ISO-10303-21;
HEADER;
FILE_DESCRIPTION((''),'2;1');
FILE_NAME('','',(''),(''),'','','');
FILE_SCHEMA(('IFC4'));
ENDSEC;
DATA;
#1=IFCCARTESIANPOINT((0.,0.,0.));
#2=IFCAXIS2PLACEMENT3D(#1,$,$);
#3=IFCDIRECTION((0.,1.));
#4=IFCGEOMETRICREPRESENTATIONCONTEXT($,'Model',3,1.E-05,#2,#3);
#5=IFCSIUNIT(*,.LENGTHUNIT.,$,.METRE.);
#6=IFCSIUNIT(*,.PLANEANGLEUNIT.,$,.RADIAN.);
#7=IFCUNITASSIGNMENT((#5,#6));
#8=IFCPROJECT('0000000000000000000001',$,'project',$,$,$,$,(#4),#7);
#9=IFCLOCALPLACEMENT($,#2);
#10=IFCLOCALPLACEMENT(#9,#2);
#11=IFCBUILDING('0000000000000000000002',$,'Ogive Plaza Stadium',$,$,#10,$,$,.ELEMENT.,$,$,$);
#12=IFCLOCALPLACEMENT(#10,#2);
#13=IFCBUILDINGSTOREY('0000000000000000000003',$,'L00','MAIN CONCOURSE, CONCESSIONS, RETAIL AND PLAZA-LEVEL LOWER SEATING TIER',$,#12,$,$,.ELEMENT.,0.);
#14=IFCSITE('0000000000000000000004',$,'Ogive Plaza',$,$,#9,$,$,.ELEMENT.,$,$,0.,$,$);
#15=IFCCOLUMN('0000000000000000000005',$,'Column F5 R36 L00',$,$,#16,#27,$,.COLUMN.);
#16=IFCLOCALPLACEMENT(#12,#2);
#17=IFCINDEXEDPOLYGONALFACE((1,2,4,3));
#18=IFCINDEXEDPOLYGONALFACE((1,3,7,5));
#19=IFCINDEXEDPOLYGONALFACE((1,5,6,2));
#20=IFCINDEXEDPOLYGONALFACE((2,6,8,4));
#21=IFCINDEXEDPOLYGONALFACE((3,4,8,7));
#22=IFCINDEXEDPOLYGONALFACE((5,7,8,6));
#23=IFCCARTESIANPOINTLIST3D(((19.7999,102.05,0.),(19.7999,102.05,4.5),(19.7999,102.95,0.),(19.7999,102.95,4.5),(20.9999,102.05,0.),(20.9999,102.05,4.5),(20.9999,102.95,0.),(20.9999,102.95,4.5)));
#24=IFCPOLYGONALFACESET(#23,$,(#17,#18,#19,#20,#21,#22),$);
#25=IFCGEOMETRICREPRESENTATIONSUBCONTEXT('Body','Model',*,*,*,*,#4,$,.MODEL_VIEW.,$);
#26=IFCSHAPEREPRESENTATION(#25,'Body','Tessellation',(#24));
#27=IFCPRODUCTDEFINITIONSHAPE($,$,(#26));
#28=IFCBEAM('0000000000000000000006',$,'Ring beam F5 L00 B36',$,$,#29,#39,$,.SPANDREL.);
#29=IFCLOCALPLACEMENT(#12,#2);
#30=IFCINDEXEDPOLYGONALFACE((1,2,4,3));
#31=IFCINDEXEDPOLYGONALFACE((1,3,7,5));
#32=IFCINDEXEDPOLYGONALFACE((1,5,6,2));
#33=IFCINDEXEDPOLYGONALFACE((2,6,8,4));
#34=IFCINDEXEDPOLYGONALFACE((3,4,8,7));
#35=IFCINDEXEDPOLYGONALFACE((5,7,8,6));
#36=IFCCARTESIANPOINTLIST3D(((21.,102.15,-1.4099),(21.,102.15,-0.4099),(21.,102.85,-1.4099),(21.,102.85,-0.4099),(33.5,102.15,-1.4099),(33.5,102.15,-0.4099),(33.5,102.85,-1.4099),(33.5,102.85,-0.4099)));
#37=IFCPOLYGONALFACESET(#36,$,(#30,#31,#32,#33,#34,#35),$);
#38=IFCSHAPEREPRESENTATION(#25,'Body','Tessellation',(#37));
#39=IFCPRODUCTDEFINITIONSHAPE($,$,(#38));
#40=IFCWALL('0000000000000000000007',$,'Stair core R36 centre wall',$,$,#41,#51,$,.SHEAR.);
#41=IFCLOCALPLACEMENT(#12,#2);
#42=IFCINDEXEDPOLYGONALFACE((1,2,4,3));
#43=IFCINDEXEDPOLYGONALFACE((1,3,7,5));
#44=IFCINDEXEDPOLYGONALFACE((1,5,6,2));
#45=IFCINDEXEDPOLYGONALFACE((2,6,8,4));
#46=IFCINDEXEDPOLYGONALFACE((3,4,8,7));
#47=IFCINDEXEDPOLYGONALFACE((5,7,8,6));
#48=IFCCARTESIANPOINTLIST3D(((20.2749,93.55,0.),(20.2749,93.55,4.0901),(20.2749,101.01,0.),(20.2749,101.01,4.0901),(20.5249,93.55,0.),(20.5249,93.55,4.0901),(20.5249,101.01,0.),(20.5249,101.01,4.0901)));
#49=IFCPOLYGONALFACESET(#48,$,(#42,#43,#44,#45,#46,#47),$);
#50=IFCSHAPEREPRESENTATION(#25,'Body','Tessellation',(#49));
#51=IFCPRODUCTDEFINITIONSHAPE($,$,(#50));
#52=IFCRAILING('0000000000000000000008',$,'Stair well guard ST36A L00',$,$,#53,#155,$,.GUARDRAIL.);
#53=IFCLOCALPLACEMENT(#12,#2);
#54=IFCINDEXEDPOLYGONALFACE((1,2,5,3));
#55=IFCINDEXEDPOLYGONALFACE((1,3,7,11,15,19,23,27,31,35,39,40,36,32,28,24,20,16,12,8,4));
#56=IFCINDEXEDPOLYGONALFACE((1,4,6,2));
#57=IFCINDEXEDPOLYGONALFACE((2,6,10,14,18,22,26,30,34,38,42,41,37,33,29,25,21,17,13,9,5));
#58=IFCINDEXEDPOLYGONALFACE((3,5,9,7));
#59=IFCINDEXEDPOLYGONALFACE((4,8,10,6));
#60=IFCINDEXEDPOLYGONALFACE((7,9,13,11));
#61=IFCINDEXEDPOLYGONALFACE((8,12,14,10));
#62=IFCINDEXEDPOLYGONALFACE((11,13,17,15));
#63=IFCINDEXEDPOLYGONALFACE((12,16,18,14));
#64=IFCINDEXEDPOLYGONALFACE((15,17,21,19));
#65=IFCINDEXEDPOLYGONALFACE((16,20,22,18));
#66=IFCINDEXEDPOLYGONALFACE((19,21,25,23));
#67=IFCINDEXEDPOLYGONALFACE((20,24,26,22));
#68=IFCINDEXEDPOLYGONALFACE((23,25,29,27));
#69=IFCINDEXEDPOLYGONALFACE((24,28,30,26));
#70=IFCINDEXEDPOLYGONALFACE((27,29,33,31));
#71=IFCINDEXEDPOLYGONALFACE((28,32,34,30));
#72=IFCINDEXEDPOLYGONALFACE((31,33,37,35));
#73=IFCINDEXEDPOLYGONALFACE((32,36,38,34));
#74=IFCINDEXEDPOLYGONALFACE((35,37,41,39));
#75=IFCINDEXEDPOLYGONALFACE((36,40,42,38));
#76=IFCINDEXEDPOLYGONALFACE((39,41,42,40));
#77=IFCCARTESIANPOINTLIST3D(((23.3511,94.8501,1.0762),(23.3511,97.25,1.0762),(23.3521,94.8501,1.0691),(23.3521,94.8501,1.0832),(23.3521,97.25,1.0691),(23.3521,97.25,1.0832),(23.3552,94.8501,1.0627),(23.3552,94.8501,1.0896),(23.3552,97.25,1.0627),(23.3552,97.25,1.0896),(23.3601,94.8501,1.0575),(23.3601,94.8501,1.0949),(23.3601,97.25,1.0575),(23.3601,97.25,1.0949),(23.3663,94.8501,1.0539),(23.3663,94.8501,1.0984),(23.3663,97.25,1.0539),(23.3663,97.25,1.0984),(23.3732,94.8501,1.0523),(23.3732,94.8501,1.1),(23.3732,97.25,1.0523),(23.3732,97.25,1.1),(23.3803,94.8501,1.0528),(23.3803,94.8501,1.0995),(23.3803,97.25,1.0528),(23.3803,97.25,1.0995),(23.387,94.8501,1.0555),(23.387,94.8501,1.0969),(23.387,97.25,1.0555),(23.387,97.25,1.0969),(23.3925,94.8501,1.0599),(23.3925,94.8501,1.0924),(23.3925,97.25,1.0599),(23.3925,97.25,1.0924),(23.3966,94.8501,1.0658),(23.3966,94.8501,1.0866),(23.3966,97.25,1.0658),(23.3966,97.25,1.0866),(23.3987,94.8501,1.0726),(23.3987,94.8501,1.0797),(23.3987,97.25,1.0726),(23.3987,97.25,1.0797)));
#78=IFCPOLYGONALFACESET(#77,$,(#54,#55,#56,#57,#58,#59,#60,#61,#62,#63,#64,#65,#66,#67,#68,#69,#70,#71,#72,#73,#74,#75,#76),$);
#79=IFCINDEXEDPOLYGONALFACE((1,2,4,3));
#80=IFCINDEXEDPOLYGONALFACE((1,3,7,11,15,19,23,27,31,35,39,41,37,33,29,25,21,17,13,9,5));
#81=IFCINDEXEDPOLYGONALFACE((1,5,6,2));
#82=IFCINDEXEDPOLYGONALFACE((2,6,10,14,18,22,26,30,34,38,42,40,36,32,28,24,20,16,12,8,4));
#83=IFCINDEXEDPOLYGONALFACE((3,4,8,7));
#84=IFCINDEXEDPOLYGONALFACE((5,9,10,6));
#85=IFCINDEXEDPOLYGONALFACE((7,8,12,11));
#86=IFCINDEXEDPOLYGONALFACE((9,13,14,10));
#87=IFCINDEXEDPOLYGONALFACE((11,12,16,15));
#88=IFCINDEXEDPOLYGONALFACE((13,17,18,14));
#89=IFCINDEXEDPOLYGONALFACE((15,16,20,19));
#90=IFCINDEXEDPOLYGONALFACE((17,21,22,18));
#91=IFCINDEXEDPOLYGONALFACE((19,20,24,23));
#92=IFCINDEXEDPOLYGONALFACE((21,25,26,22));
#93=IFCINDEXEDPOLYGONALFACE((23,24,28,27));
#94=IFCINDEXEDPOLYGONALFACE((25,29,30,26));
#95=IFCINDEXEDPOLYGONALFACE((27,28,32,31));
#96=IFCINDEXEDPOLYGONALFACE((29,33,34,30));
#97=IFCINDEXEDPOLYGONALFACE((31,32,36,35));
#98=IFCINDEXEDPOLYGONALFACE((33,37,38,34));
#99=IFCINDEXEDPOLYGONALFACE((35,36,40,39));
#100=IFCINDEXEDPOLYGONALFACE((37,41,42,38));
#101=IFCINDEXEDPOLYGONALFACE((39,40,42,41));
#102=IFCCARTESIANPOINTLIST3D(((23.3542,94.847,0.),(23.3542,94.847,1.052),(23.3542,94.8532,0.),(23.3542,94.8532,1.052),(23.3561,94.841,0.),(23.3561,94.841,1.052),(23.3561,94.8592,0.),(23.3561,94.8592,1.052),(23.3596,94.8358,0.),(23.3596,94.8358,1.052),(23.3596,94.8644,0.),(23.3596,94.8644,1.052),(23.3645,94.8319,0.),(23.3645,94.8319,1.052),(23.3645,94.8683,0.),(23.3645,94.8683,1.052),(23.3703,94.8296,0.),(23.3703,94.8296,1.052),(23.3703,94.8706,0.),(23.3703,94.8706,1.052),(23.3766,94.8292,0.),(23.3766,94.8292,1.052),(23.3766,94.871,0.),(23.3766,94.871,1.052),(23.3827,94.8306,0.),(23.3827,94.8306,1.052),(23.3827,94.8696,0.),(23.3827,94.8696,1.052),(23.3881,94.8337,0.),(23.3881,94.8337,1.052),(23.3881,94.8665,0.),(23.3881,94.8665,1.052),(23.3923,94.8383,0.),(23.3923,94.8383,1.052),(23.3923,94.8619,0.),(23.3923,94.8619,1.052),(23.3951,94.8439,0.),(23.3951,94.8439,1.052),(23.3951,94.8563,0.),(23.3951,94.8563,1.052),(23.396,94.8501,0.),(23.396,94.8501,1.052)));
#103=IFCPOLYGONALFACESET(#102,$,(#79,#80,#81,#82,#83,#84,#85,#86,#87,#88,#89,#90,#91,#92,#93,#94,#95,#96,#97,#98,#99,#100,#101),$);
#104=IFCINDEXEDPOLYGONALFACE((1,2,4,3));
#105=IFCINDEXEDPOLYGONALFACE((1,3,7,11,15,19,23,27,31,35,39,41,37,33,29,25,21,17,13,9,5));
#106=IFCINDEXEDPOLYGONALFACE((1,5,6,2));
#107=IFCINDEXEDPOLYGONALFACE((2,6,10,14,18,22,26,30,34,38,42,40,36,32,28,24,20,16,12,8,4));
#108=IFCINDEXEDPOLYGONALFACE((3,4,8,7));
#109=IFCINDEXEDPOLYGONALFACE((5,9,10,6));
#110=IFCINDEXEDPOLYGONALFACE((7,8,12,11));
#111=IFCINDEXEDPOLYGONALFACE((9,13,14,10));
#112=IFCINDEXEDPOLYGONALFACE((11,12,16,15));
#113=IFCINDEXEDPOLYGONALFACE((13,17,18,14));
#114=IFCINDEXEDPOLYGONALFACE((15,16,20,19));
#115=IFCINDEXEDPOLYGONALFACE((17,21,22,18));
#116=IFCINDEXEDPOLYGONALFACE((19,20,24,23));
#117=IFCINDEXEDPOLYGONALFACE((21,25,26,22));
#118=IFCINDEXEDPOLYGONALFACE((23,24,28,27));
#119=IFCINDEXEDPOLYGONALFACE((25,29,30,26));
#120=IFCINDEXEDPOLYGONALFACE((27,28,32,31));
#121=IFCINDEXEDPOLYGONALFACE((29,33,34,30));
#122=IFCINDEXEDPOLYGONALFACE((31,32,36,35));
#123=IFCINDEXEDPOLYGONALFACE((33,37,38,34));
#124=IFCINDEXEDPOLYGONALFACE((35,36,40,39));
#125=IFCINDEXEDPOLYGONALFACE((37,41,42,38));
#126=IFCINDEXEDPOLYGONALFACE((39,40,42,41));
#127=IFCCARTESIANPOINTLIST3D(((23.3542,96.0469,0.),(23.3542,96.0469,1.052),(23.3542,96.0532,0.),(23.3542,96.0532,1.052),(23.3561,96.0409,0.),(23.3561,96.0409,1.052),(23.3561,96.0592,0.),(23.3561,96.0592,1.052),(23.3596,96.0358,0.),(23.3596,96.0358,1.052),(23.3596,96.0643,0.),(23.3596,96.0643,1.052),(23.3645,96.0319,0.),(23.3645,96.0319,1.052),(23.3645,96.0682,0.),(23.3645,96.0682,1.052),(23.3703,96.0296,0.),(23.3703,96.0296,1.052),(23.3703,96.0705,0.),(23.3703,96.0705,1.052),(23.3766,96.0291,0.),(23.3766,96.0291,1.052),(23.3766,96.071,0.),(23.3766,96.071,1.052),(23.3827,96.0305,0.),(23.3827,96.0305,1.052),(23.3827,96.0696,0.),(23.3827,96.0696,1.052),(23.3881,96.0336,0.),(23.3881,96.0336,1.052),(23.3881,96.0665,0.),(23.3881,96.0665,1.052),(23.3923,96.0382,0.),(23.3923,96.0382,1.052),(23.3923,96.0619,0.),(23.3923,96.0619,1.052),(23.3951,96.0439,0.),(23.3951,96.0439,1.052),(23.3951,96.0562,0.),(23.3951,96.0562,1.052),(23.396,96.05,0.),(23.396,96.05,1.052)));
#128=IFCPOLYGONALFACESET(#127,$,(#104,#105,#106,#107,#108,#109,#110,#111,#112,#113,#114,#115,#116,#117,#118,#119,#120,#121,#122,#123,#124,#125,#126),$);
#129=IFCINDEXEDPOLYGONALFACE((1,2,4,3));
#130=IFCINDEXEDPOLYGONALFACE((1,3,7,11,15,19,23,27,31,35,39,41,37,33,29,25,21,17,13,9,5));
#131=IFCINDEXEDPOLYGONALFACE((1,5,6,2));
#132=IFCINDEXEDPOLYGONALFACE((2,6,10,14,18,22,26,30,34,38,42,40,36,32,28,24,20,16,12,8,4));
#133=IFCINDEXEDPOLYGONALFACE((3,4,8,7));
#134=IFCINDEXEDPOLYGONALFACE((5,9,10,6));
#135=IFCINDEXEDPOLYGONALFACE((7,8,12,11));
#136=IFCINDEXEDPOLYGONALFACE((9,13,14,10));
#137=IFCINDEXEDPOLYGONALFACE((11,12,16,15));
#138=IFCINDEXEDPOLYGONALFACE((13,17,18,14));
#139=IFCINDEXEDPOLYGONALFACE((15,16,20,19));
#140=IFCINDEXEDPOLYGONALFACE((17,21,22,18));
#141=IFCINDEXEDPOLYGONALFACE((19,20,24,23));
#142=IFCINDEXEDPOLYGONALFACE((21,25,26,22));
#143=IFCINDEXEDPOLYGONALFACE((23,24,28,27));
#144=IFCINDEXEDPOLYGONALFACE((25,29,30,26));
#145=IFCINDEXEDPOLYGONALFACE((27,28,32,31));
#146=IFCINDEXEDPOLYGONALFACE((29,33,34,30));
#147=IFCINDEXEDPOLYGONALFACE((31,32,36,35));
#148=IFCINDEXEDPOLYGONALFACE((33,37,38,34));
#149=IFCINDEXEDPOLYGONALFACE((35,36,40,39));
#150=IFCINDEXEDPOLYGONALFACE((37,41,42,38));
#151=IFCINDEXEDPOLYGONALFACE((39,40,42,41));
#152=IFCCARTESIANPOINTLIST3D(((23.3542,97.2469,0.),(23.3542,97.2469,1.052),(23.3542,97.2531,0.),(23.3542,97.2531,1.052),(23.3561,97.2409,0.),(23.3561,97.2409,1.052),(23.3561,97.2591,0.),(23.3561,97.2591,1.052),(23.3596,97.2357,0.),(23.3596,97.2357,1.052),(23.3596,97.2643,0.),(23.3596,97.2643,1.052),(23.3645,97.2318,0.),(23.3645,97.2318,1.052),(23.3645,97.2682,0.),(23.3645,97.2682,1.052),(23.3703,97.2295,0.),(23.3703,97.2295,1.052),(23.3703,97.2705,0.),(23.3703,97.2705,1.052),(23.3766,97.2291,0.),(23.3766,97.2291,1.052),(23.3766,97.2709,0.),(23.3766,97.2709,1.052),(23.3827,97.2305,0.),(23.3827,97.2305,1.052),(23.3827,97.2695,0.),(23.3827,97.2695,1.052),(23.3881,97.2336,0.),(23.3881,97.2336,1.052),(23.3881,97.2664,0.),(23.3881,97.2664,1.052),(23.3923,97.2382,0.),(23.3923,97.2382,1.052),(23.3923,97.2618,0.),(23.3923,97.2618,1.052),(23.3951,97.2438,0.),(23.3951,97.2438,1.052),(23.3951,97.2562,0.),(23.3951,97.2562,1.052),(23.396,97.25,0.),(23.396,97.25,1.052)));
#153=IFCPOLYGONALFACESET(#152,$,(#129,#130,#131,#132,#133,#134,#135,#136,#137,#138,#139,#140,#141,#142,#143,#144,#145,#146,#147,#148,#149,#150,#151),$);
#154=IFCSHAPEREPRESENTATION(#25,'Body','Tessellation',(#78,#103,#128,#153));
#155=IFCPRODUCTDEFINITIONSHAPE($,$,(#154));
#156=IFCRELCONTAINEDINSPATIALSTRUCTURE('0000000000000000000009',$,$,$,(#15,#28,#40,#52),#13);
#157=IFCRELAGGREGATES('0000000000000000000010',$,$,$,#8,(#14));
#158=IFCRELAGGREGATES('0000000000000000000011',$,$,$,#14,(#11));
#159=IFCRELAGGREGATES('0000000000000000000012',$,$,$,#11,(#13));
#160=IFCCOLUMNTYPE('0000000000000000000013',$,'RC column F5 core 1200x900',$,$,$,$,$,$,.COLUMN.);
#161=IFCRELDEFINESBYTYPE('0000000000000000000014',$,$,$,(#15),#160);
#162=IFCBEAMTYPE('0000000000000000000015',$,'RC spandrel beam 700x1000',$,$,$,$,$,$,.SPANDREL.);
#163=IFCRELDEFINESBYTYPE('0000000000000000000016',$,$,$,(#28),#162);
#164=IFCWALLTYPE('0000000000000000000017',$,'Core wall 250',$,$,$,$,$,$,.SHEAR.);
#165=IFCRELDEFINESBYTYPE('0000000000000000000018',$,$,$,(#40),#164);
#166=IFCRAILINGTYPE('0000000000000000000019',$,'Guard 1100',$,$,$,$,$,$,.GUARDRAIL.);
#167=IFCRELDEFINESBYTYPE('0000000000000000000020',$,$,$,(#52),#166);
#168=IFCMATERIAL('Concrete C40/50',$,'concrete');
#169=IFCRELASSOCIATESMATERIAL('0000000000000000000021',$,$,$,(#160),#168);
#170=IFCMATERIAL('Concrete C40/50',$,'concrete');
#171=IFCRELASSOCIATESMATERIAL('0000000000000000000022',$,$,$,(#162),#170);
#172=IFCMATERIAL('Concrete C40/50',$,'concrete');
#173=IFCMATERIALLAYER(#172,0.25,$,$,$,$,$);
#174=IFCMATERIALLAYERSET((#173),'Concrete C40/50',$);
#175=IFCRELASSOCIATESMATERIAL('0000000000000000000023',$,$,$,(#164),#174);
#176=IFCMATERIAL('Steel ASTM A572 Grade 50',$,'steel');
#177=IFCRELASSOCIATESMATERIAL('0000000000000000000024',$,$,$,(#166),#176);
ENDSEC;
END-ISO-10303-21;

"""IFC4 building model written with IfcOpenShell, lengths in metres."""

from ifc_helpers import new_model, si_unit, direction, frame, frame_2d, origin, origin_2d, place, context, subcontext, project, spatial, rectangle, circle, extrude, material, layer, layer_set, material_profile, profile_set, type_object, element, save


model = new_model("IFC4")

# Units and contexts
model_context = context("Model", 3, precision=1e-05, world=origin(), true_north=direction((0.0, 1.0)))
body_context = subcontext(model_context, "Body", "Model", "MODEL_VIEW")
ifc_project = project(units=[si_unit("LENGTHUNIT", "METRE"), si_unit("PLANEANGLEUNIT", "RADIAN")], contexts=[model_context])

# Site, building, storey
site_placement = place(None, origin())
site = spatial("IfcSite", under=ifc_project, at=site_placement, Name="Ogive Plaza", CompositionType="ELEMENT", RefElevation=0.0)
building_placement = place(site_placement, origin())
building = spatial("IfcBuilding", under=site, at=building_placement, Name="Ogive Plaza Stadium", CompositionType="ELEMENT")
storey_placement = place(building_placement, origin())
storey = spatial("IfcBuildingStorey", under=building, at=storey_placement, Name="L00", Description="MAIN CONCOURSE, CONCESSIONS, RETAIL AND PLAZA-LEVEL LOWER SEATING TIER", CompositionType="ELEMENT", Elevation=0.0)

# Column
ifc_material_1 = material(Name="Concrete C40/50", Category="concrete")
ifc_material_profile_1 = material_profile(ifc_material_1, rectangle(XDim=1.2, YDim=0.8999, at=origin_2d()), Name="RC 1200x900")
ifc_profile_set_1 = profile_set([ifc_material_profile_1], Name="Concrete C40/50")
column_type = type_object("IfcColumnType", Name="RC column F5 core 1200x900", PredefinedType="COLUMN", material=ifc_profile_set_1)
column_placement = place(storey_placement, frame((20.3999, 102.5, 0.0), z_axis=(0.0, 0.0, 1.0), x_axis=(-1.0, 0.0, 0.0)))
element("IfcColumn", 1, at=column_placement, inside=storey, type_object=column_type, Name="Column F5 R36 L00", PredefinedType="COLUMN", context=body_context, shape_type="SweptSolid", body=[
    extrude(rectangle(XDim=1.2, YDim=0.8999, at=origin_2d()), origin(), (0.0, 0.0, 1.0), 4.5),
])

# Beam
ifc_material_2 = material(Name="Concrete C40/50", Category="concrete")
ifc_material_profile_2 = material_profile(ifc_material_2, rectangle(XDim=0.7, YDim=1.0, at=origin_2d()), Name="RC 700x1000")
ifc_profile_set_2 = profile_set([ifc_material_profile_2], Name="Concrete C40/50")
beam_type = type_object("IfcBeamType", Name="RC spandrel beam 700x1000", PredefinedType="SPANDREL", material=ifc_profile_set_2)
beam_placement = place(storey_placement, frame((21.0, 102.5, -0.9099), z_axis=(1.0, 0.0, 0.0), x_axis=(0.0, 1.0, 0.0)))
element("IfcBeam", 2, at=beam_placement, inside=storey, type_object=beam_type, Name="Ring beam F5 L00 B36", PredefinedType="SPANDREL", context=body_context, shape_type="SweptSolid", body=[
    extrude(rectangle(XDim=0.7, YDim=1.0, at=origin_2d()), origin(), (0.0, 0.0, 1.0), 12.5),
])

# Wall
ifc_material_3 = material(Name="Concrete C40/50", Category="concrete")
ifc_layer_1 = layer(ifc_material_3, 0.25)
ifc_layer_set_1 = layer_set([ifc_layer_1], Name="Concrete C40/50")
wall_type_1 = type_object("IfcWallType", Name="Core wall 250", PredefinedType="SHEAR", material=ifc_layer_set_1)
wall_1_placement = place(storey_placement, frame((20.3999, 93.55, 0.0), z_axis=(0.0, 0.0, 1.0), x_axis=(0.0, 1.0, 0.0)))
element("IfcWall", 3, at=wall_1_placement, inside=storey, type_object=wall_type_1, Name="Stair core R36 centre wall", PredefinedType="SHEAR", context=body_context, shape_type="SweptSolid", body=[
    extrude(rectangle(XDim=7.46, YDim=0.25, at=frame_2d((3.73, 0.0))), origin(), (0.0, 0.0, 1.0), 4.0901),
])

# Railing
ifc_material_4 = material(Name="Steel ASTM A572 Grade 50", Category="steel")
railing_type_1 = type_object("IfcRailingType", Name="Guard 1100", PredefinedType="GUARDRAIL", material=ifc_material_4)
for number, where, name in (
    (4, (23.375, 94.8501, 0.0), "Stair well guard ST36A L00"),
):
    element("IfcRailing", number, at=place(storey_placement, frame(where)), inside=storey, type_object=railing_type_1, Name=name, PredefinedType="GUARDRAIL", context=body_context, shape_type="SweptSolid", body=[
        extrude(circle(Radius=0.0239, at=origin_2d()), frame((0.0, 0.0, 1.0762), z_axis=(0.0, 1.0, 0.0), x_axis=(-1.0, 0.0, 0.0)), (0.0, 0.0, 1.0), 2.3999),
        extrude(circle(Radius=0.021, at=origin_2d()), origin(), (0.0, 0.0, 1.0), 1.052),
        extrude(circle(Radius=0.021, at=origin_2d()), frame((0.0, 1.2, 0.0)), (0.0, 0.0, 1.0), 1.052),
        extrude(circle(Radius=0.021, at=origin_2d()), frame((0.0, 2.3999, 0.0)), (0.0, 0.0, 1.0), 1.052),
    ])

save(model, "model.ifc")
